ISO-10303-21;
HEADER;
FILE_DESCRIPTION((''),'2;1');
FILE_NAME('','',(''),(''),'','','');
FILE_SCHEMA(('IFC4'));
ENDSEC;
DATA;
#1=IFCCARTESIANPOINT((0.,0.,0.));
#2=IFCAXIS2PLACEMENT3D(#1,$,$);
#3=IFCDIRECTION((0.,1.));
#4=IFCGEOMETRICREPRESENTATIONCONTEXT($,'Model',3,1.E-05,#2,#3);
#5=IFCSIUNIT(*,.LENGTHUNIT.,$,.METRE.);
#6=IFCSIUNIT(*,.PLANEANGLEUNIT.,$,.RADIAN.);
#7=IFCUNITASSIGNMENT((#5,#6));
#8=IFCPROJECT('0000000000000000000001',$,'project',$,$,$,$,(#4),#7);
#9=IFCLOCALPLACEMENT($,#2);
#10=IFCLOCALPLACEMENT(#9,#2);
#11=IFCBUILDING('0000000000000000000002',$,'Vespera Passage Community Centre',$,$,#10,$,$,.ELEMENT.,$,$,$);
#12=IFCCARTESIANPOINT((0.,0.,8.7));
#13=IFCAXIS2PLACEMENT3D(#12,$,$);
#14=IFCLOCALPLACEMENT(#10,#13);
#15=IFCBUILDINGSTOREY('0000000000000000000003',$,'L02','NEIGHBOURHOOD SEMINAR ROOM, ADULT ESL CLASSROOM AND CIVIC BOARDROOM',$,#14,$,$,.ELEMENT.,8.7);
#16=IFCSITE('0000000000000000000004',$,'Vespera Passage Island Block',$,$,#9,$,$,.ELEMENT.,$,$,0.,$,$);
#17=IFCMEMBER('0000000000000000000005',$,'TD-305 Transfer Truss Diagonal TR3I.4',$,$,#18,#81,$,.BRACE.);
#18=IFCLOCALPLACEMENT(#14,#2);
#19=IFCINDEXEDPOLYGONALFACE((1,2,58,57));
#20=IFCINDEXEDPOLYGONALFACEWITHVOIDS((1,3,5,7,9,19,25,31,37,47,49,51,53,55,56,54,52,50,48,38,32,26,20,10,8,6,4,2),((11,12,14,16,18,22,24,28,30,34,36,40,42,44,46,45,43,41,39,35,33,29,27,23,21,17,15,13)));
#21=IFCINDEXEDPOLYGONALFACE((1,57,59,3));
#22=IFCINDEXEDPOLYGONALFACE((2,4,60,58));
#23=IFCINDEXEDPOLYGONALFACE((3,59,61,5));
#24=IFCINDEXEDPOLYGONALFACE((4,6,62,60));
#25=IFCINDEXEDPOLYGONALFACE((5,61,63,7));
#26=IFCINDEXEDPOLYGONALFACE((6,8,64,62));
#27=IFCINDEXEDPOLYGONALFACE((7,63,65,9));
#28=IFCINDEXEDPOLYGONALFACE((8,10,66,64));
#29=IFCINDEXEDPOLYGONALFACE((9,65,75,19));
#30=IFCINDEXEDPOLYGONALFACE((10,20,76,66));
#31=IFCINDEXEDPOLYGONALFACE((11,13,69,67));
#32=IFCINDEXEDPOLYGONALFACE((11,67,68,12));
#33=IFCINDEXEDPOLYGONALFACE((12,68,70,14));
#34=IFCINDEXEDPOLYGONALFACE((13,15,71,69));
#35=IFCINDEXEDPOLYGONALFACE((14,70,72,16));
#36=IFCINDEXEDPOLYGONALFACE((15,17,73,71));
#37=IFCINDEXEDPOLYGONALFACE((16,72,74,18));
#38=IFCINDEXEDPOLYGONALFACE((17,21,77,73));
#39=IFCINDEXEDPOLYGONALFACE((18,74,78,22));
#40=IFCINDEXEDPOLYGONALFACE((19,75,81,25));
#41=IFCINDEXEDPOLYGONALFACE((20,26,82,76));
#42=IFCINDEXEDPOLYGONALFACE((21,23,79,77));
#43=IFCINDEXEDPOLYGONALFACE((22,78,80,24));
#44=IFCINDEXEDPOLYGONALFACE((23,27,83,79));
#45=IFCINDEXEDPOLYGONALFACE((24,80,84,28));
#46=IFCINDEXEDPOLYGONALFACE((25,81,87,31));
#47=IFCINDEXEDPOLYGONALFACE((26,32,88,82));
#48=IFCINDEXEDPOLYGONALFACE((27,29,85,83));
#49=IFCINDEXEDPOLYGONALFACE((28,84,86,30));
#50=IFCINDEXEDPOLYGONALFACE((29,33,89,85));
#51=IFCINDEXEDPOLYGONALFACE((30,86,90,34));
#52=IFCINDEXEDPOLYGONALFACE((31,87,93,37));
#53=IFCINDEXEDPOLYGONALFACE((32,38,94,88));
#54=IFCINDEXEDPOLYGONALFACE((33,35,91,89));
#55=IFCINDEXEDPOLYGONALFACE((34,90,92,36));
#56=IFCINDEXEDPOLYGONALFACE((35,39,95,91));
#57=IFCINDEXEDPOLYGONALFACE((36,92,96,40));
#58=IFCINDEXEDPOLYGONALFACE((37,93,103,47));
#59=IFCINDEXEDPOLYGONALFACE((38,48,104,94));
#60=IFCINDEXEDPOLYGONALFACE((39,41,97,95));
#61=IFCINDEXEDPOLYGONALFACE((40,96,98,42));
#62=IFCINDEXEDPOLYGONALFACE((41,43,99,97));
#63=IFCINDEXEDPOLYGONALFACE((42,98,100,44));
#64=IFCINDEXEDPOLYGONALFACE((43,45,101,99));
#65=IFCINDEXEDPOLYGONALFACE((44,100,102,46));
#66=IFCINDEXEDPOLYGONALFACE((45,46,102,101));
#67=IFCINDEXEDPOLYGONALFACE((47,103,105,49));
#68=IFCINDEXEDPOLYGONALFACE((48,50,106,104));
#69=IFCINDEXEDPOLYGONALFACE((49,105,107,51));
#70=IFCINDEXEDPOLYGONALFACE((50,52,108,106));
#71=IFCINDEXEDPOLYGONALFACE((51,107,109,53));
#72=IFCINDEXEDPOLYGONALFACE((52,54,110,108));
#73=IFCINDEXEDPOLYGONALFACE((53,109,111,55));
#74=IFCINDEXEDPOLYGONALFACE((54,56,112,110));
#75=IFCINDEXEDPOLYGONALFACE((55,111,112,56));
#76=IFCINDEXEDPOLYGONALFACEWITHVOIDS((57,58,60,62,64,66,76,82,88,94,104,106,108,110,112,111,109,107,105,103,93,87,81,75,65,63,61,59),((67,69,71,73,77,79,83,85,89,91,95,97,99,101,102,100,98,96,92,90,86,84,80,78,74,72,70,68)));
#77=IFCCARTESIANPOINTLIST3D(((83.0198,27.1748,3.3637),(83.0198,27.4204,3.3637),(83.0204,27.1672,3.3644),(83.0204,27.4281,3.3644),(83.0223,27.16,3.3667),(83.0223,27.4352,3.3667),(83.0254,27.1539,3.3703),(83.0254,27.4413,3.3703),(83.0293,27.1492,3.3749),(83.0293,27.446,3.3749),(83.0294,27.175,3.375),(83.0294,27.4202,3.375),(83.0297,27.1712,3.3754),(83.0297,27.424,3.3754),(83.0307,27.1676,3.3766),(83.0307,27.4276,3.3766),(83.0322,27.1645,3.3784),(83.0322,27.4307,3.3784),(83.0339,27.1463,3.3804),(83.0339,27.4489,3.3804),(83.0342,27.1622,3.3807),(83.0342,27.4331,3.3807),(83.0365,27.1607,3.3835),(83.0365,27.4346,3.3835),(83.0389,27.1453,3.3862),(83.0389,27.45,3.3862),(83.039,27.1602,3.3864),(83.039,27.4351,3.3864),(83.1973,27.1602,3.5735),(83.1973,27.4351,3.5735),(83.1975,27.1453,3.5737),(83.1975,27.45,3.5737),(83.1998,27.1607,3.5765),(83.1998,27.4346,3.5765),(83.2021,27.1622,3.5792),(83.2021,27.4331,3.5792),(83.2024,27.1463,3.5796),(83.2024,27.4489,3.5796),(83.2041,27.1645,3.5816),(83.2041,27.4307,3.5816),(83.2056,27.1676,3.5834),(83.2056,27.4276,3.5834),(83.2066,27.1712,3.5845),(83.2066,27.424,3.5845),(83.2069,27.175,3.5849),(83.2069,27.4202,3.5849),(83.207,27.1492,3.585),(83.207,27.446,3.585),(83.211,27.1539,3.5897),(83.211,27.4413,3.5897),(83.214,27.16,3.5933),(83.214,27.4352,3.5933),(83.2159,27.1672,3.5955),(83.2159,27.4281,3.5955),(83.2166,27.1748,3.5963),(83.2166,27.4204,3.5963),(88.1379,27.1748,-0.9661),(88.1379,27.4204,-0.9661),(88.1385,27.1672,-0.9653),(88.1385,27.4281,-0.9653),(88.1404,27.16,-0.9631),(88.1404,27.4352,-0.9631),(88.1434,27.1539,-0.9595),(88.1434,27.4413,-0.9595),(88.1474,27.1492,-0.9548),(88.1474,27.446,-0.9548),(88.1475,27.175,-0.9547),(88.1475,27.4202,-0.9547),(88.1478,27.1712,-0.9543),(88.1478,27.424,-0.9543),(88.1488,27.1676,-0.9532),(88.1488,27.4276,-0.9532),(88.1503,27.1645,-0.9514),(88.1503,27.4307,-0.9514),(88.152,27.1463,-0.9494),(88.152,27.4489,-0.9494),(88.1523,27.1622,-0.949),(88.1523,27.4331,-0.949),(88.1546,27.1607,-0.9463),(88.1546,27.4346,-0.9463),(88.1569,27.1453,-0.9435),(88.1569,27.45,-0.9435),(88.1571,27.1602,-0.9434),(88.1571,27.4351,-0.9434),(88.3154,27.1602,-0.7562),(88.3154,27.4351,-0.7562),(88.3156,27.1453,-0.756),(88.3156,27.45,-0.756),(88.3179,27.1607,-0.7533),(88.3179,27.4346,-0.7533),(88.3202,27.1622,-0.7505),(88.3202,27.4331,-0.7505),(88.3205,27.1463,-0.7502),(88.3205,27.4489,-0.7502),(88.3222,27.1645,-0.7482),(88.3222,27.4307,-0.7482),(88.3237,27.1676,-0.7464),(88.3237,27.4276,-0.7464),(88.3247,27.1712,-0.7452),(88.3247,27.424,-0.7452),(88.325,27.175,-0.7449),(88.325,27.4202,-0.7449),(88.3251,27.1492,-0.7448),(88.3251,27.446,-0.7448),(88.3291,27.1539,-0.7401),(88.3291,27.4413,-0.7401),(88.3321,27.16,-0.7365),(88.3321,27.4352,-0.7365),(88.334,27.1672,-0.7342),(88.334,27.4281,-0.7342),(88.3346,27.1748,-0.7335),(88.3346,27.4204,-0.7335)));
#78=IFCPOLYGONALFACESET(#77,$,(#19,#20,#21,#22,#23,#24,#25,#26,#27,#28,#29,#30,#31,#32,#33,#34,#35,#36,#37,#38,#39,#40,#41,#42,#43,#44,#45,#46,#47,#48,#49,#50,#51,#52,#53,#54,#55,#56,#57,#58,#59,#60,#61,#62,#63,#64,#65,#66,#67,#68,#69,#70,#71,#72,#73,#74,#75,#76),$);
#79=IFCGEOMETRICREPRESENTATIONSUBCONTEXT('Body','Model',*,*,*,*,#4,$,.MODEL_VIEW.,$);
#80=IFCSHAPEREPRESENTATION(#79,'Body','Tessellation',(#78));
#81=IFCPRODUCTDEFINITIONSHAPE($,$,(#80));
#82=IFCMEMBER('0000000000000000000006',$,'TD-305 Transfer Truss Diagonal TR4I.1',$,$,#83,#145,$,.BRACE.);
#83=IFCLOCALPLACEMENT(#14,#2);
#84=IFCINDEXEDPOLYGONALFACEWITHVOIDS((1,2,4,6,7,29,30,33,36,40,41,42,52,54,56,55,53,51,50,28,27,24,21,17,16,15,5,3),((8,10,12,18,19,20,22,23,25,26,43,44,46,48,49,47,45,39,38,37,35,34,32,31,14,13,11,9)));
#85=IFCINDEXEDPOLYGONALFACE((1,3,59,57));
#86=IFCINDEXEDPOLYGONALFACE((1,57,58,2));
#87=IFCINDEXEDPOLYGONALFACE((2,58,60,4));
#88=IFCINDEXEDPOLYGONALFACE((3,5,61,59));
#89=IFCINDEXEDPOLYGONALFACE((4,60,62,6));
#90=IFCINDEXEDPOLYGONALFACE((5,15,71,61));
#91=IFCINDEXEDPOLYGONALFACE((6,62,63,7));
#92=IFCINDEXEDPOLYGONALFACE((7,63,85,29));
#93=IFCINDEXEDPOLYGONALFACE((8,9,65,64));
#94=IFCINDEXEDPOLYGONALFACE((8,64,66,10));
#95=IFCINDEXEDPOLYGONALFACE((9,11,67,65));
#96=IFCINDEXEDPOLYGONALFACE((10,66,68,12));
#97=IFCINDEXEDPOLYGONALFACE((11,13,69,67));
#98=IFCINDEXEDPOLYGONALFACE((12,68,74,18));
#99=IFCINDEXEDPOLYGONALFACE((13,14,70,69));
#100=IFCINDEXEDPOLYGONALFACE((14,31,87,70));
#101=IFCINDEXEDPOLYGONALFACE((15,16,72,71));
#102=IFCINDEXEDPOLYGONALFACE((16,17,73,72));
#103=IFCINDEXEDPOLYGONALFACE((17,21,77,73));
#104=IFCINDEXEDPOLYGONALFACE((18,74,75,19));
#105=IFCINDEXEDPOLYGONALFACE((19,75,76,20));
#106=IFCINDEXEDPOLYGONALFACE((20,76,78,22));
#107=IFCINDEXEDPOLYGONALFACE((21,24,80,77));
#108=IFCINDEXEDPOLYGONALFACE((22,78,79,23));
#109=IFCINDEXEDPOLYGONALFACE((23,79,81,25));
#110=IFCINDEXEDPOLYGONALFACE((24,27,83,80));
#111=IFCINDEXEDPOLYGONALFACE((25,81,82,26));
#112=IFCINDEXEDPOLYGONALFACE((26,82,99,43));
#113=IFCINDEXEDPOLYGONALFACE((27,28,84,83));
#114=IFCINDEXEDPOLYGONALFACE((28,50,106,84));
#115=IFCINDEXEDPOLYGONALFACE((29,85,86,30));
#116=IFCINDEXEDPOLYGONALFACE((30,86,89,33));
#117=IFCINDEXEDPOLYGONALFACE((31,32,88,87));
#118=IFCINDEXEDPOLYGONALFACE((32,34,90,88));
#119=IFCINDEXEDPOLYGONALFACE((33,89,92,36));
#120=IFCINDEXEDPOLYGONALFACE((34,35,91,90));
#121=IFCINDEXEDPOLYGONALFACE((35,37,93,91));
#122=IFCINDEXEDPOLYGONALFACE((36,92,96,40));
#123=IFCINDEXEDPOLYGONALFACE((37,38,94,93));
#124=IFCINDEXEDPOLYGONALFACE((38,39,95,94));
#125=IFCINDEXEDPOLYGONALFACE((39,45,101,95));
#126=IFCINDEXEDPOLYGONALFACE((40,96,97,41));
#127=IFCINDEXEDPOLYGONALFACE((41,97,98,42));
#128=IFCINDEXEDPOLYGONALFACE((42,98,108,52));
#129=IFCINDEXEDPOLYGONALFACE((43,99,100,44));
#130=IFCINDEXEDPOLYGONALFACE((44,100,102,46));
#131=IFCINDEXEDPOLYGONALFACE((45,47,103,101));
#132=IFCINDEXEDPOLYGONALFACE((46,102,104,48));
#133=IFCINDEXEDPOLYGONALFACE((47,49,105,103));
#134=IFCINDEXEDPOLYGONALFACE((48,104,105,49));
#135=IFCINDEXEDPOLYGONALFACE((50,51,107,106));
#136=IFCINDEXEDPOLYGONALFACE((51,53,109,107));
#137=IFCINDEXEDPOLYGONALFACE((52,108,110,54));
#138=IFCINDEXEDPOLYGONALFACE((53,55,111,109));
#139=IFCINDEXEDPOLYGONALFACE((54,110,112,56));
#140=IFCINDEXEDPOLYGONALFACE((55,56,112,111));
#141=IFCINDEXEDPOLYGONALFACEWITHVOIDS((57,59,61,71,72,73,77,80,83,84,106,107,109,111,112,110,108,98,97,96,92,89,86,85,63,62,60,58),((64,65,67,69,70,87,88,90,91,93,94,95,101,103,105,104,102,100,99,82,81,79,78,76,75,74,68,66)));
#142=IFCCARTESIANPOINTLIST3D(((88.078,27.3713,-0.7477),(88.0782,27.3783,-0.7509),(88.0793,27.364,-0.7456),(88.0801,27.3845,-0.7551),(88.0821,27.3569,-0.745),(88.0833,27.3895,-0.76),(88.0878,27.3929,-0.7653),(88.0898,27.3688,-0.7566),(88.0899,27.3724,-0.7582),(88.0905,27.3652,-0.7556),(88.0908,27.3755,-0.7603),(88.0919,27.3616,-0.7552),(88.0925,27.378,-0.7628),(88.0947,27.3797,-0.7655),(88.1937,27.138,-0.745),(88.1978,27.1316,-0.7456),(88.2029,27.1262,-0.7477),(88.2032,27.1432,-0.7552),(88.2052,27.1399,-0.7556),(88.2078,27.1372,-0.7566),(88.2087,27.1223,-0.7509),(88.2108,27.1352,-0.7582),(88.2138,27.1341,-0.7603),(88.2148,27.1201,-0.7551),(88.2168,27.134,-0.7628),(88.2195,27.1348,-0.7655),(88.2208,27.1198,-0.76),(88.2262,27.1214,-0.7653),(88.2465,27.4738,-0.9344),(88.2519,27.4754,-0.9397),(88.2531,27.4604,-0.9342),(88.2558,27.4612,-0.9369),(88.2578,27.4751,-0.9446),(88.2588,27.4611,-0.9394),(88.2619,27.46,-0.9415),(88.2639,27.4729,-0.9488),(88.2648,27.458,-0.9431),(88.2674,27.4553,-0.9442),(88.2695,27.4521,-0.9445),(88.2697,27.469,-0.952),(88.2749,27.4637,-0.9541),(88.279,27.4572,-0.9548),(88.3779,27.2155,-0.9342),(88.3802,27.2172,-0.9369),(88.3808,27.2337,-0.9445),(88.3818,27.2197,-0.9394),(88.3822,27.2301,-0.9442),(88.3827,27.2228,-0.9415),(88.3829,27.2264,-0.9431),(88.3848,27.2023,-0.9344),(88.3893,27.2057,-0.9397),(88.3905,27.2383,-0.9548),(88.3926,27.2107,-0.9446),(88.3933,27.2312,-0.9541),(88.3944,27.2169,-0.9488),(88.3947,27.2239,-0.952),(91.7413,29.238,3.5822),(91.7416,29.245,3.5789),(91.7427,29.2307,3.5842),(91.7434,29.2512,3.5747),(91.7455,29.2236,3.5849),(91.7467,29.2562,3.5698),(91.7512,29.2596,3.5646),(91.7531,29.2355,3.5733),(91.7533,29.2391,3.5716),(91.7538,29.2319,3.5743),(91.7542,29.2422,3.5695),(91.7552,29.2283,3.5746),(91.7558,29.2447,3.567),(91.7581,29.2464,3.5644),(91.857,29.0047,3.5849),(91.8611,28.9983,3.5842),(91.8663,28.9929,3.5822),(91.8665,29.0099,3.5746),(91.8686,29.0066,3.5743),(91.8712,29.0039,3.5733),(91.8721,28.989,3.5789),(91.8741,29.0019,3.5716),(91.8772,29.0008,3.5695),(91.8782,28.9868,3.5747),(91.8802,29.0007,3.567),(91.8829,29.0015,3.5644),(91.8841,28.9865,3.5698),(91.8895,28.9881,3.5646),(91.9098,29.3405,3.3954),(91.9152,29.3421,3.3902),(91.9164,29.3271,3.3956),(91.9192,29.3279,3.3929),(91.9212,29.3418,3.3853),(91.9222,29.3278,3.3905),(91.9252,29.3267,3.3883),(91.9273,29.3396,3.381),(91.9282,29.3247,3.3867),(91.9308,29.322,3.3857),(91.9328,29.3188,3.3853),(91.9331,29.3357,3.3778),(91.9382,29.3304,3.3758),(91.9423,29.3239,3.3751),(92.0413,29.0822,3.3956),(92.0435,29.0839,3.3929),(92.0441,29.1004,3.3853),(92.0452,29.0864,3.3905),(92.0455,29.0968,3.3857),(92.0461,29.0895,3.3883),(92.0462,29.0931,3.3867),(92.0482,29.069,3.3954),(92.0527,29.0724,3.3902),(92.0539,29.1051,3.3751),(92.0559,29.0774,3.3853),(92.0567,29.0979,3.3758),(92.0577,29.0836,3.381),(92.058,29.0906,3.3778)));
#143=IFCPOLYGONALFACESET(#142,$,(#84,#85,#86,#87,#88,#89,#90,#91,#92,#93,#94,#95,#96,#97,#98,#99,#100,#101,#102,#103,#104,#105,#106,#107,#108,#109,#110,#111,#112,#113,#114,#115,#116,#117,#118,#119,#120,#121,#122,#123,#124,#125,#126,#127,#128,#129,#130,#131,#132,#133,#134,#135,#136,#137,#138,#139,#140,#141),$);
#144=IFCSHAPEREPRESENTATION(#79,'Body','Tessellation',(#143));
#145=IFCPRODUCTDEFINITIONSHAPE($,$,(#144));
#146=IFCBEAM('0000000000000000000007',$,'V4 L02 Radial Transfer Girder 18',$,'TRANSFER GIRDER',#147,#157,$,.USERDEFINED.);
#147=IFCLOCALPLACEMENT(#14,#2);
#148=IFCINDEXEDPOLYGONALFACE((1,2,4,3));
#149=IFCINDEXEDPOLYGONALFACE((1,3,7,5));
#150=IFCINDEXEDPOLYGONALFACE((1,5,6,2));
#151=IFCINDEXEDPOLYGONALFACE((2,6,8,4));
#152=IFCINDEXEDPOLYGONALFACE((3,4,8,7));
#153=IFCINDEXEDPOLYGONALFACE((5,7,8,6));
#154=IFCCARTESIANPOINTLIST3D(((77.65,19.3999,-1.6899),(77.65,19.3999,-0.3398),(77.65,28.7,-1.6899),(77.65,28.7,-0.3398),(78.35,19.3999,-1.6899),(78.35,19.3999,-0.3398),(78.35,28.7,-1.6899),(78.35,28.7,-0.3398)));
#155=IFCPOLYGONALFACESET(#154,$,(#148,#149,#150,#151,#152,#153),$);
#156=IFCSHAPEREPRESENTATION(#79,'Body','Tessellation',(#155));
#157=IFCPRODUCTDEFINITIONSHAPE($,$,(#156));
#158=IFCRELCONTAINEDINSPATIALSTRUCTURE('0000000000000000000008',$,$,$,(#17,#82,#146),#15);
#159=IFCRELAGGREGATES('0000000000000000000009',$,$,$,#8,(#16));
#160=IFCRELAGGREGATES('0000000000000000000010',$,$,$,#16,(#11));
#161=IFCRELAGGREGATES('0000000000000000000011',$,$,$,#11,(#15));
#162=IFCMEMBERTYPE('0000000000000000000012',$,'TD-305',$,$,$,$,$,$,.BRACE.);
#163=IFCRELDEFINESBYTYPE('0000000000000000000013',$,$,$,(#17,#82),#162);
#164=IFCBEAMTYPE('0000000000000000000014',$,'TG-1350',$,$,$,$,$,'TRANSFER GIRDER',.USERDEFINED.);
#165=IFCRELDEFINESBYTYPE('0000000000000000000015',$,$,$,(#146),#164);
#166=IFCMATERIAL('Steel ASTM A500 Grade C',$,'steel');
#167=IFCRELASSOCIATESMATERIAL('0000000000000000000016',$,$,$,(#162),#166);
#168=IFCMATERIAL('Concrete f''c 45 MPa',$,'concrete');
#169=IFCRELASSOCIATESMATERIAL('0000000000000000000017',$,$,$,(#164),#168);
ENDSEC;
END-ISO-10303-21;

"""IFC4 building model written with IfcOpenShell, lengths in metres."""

from ifc_helpers import new_model, si_unit, direction, frame, origin, origin_2d, place, context, subcontext, project, spatial, rectangle, hollow_rectangle, extrude, material, material_profile, profile_set, type_object, element, save


model = new_model("IFC4")

# Units and contexts
model_context = context("Model", 3, precision=1e-05, world=origin(), true_north=direction((0.0, 1.0)))
body_context = subcontext(model_context, "Body", "Model", "MODEL_VIEW")
ifc_project = project(units=[si_unit("LENGTHUNIT", "METRE"), si_unit("PLANEANGLEUNIT", "RADIAN")], contexts=[model_context])

# Site, building, storey
site_placement = place(None, origin())
site = spatial("IfcSite", under=ifc_project, at=site_placement, Name="Vespera Passage Island Block", CompositionType="ELEMENT", RefElevation=0.0)
building_placement = place(site_placement, origin())
building = spatial("IfcBuilding", under=site, at=building_placement, Name="Vespera Passage Community Centre", CompositionType="ELEMENT")
storey_placement = place(building_placement, frame((0.0, 0.0, 8.7)))
storey = spatial("IfcBuildingStorey", under=building, at=storey_placement, Name="L02", Description="NEIGHBOURHOOD SEMINAR ROOM, ADULT ESL CLASSROOM AND CIVIC BOARDROOM", CompositionType="ELEMENT", Elevation=8.7)

# Members
ifc_material_1 = material(Name="Steel ASTM A500 Grade C", Category="steel")
ifc_material_profile_1 = material_profile(ifc_material_1, hollow_rectangle(XDim=0.3047, YDim=0.3047, WallThickness=0.0149, InnerFilletRadius=0.0149, OuterFilletRadius=0.0295, at=origin_2d()), Name="HSS305X305X15.9")
ifc_profile_set_1 = profile_set([ifc_material_profile_1], Name="Steel ASTM A500 Grade C")
member_type_1 = type_object("IfcMemberType", Name="TD-305", PredefinedType="BRACE", material=ifc_profile_set_1)
member_1_placement = place(storey_placement, frame((83.1182, 27.2976, 3.48), z_axis=(0.763454, 0.0, -0.645862), x_axis=(0.0, 1.0, 0.0)))
element("IfcMember", 1, at=member_1_placement, inside=storey, type_object=member_type_1, Name="TD-305 Transfer Truss Diagonal TR3I.4", PredefinedType="BRACE", context=body_context, shape_type="SweptSolid", body=[
    extrude(hollow_rectangle(XDim=0.3047, YDim=0.3047, WallThickness=0.0149, InnerFilletRadius=0.0149, OuterFilletRadius=0.0295, at=origin_2d()), origin(), (0.0, 0.0, 1.0), 6.7039),
])
member_2_placement = place(storey_placement, frame((88.2363, 27.2976, -0.8499), z_axis=(0.613527, 0.312631, 0.725152), x_axis=(-0.454017, 0.890993, 0.0)))
element("IfcMember", 2, at=member_2_placement, inside=storey, type_object=member_type_1, Name="TD-305 Transfer Truss Diagonal TR4I.1", PredefinedType="BRACE", context=body_context, shape_type="SweptSolid", body=[
    extrude(hollow_rectangle(XDim=0.3047, YDim=0.3047, WallThickness=0.0149, InnerFilletRadius=0.0149, OuterFilletRadius=0.0295, at=origin_2d()), origin(), (0.0, 0.0, 1.0), 5.9709),
])

# Beam
ifc_material_2 = material(Name="Concrete f'c 45 MPa", Category="concrete")
ifc_material_profile_2 = material_profile(ifc_material_2, rectangle(XDim=0.7, YDim=1.3501, at=origin_2d()), Name="RC700X1350")
ifc_profile_set_2 = profile_set([ifc_material_profile_2], Name="Concrete f'c 45 MPa")
beam_type_1 = type_object("IfcBeamType", Name="TG-1350", ElementType="TRANSFER GIRDER", PredefinedType="USERDEFINED", material=ifc_profile_set_2)
beam_1_placement = place(storey_placement, frame((78.0, 28.7, -1.0149), z_axis=(0.0, -1.0, 0.0), x_axis=(1.0, 0.0, 0.0)))
element("IfcBeam", 3, at=beam_1_placement, inside=storey, type_object=beam_type_1, Name="V4 L02 Radial Transfer Girder 18", ObjectType="TRANSFER GIRDER", PredefinedType="USERDEFINED", context=body_context, shape_type="SweptSolid", body=[
    extrude(rectangle(XDim=0.7, YDim=1.3501, at=origin_2d()), origin(), (0.0, 0.0, 1.0), 9.3),
])

save(model, "model.ifc")
